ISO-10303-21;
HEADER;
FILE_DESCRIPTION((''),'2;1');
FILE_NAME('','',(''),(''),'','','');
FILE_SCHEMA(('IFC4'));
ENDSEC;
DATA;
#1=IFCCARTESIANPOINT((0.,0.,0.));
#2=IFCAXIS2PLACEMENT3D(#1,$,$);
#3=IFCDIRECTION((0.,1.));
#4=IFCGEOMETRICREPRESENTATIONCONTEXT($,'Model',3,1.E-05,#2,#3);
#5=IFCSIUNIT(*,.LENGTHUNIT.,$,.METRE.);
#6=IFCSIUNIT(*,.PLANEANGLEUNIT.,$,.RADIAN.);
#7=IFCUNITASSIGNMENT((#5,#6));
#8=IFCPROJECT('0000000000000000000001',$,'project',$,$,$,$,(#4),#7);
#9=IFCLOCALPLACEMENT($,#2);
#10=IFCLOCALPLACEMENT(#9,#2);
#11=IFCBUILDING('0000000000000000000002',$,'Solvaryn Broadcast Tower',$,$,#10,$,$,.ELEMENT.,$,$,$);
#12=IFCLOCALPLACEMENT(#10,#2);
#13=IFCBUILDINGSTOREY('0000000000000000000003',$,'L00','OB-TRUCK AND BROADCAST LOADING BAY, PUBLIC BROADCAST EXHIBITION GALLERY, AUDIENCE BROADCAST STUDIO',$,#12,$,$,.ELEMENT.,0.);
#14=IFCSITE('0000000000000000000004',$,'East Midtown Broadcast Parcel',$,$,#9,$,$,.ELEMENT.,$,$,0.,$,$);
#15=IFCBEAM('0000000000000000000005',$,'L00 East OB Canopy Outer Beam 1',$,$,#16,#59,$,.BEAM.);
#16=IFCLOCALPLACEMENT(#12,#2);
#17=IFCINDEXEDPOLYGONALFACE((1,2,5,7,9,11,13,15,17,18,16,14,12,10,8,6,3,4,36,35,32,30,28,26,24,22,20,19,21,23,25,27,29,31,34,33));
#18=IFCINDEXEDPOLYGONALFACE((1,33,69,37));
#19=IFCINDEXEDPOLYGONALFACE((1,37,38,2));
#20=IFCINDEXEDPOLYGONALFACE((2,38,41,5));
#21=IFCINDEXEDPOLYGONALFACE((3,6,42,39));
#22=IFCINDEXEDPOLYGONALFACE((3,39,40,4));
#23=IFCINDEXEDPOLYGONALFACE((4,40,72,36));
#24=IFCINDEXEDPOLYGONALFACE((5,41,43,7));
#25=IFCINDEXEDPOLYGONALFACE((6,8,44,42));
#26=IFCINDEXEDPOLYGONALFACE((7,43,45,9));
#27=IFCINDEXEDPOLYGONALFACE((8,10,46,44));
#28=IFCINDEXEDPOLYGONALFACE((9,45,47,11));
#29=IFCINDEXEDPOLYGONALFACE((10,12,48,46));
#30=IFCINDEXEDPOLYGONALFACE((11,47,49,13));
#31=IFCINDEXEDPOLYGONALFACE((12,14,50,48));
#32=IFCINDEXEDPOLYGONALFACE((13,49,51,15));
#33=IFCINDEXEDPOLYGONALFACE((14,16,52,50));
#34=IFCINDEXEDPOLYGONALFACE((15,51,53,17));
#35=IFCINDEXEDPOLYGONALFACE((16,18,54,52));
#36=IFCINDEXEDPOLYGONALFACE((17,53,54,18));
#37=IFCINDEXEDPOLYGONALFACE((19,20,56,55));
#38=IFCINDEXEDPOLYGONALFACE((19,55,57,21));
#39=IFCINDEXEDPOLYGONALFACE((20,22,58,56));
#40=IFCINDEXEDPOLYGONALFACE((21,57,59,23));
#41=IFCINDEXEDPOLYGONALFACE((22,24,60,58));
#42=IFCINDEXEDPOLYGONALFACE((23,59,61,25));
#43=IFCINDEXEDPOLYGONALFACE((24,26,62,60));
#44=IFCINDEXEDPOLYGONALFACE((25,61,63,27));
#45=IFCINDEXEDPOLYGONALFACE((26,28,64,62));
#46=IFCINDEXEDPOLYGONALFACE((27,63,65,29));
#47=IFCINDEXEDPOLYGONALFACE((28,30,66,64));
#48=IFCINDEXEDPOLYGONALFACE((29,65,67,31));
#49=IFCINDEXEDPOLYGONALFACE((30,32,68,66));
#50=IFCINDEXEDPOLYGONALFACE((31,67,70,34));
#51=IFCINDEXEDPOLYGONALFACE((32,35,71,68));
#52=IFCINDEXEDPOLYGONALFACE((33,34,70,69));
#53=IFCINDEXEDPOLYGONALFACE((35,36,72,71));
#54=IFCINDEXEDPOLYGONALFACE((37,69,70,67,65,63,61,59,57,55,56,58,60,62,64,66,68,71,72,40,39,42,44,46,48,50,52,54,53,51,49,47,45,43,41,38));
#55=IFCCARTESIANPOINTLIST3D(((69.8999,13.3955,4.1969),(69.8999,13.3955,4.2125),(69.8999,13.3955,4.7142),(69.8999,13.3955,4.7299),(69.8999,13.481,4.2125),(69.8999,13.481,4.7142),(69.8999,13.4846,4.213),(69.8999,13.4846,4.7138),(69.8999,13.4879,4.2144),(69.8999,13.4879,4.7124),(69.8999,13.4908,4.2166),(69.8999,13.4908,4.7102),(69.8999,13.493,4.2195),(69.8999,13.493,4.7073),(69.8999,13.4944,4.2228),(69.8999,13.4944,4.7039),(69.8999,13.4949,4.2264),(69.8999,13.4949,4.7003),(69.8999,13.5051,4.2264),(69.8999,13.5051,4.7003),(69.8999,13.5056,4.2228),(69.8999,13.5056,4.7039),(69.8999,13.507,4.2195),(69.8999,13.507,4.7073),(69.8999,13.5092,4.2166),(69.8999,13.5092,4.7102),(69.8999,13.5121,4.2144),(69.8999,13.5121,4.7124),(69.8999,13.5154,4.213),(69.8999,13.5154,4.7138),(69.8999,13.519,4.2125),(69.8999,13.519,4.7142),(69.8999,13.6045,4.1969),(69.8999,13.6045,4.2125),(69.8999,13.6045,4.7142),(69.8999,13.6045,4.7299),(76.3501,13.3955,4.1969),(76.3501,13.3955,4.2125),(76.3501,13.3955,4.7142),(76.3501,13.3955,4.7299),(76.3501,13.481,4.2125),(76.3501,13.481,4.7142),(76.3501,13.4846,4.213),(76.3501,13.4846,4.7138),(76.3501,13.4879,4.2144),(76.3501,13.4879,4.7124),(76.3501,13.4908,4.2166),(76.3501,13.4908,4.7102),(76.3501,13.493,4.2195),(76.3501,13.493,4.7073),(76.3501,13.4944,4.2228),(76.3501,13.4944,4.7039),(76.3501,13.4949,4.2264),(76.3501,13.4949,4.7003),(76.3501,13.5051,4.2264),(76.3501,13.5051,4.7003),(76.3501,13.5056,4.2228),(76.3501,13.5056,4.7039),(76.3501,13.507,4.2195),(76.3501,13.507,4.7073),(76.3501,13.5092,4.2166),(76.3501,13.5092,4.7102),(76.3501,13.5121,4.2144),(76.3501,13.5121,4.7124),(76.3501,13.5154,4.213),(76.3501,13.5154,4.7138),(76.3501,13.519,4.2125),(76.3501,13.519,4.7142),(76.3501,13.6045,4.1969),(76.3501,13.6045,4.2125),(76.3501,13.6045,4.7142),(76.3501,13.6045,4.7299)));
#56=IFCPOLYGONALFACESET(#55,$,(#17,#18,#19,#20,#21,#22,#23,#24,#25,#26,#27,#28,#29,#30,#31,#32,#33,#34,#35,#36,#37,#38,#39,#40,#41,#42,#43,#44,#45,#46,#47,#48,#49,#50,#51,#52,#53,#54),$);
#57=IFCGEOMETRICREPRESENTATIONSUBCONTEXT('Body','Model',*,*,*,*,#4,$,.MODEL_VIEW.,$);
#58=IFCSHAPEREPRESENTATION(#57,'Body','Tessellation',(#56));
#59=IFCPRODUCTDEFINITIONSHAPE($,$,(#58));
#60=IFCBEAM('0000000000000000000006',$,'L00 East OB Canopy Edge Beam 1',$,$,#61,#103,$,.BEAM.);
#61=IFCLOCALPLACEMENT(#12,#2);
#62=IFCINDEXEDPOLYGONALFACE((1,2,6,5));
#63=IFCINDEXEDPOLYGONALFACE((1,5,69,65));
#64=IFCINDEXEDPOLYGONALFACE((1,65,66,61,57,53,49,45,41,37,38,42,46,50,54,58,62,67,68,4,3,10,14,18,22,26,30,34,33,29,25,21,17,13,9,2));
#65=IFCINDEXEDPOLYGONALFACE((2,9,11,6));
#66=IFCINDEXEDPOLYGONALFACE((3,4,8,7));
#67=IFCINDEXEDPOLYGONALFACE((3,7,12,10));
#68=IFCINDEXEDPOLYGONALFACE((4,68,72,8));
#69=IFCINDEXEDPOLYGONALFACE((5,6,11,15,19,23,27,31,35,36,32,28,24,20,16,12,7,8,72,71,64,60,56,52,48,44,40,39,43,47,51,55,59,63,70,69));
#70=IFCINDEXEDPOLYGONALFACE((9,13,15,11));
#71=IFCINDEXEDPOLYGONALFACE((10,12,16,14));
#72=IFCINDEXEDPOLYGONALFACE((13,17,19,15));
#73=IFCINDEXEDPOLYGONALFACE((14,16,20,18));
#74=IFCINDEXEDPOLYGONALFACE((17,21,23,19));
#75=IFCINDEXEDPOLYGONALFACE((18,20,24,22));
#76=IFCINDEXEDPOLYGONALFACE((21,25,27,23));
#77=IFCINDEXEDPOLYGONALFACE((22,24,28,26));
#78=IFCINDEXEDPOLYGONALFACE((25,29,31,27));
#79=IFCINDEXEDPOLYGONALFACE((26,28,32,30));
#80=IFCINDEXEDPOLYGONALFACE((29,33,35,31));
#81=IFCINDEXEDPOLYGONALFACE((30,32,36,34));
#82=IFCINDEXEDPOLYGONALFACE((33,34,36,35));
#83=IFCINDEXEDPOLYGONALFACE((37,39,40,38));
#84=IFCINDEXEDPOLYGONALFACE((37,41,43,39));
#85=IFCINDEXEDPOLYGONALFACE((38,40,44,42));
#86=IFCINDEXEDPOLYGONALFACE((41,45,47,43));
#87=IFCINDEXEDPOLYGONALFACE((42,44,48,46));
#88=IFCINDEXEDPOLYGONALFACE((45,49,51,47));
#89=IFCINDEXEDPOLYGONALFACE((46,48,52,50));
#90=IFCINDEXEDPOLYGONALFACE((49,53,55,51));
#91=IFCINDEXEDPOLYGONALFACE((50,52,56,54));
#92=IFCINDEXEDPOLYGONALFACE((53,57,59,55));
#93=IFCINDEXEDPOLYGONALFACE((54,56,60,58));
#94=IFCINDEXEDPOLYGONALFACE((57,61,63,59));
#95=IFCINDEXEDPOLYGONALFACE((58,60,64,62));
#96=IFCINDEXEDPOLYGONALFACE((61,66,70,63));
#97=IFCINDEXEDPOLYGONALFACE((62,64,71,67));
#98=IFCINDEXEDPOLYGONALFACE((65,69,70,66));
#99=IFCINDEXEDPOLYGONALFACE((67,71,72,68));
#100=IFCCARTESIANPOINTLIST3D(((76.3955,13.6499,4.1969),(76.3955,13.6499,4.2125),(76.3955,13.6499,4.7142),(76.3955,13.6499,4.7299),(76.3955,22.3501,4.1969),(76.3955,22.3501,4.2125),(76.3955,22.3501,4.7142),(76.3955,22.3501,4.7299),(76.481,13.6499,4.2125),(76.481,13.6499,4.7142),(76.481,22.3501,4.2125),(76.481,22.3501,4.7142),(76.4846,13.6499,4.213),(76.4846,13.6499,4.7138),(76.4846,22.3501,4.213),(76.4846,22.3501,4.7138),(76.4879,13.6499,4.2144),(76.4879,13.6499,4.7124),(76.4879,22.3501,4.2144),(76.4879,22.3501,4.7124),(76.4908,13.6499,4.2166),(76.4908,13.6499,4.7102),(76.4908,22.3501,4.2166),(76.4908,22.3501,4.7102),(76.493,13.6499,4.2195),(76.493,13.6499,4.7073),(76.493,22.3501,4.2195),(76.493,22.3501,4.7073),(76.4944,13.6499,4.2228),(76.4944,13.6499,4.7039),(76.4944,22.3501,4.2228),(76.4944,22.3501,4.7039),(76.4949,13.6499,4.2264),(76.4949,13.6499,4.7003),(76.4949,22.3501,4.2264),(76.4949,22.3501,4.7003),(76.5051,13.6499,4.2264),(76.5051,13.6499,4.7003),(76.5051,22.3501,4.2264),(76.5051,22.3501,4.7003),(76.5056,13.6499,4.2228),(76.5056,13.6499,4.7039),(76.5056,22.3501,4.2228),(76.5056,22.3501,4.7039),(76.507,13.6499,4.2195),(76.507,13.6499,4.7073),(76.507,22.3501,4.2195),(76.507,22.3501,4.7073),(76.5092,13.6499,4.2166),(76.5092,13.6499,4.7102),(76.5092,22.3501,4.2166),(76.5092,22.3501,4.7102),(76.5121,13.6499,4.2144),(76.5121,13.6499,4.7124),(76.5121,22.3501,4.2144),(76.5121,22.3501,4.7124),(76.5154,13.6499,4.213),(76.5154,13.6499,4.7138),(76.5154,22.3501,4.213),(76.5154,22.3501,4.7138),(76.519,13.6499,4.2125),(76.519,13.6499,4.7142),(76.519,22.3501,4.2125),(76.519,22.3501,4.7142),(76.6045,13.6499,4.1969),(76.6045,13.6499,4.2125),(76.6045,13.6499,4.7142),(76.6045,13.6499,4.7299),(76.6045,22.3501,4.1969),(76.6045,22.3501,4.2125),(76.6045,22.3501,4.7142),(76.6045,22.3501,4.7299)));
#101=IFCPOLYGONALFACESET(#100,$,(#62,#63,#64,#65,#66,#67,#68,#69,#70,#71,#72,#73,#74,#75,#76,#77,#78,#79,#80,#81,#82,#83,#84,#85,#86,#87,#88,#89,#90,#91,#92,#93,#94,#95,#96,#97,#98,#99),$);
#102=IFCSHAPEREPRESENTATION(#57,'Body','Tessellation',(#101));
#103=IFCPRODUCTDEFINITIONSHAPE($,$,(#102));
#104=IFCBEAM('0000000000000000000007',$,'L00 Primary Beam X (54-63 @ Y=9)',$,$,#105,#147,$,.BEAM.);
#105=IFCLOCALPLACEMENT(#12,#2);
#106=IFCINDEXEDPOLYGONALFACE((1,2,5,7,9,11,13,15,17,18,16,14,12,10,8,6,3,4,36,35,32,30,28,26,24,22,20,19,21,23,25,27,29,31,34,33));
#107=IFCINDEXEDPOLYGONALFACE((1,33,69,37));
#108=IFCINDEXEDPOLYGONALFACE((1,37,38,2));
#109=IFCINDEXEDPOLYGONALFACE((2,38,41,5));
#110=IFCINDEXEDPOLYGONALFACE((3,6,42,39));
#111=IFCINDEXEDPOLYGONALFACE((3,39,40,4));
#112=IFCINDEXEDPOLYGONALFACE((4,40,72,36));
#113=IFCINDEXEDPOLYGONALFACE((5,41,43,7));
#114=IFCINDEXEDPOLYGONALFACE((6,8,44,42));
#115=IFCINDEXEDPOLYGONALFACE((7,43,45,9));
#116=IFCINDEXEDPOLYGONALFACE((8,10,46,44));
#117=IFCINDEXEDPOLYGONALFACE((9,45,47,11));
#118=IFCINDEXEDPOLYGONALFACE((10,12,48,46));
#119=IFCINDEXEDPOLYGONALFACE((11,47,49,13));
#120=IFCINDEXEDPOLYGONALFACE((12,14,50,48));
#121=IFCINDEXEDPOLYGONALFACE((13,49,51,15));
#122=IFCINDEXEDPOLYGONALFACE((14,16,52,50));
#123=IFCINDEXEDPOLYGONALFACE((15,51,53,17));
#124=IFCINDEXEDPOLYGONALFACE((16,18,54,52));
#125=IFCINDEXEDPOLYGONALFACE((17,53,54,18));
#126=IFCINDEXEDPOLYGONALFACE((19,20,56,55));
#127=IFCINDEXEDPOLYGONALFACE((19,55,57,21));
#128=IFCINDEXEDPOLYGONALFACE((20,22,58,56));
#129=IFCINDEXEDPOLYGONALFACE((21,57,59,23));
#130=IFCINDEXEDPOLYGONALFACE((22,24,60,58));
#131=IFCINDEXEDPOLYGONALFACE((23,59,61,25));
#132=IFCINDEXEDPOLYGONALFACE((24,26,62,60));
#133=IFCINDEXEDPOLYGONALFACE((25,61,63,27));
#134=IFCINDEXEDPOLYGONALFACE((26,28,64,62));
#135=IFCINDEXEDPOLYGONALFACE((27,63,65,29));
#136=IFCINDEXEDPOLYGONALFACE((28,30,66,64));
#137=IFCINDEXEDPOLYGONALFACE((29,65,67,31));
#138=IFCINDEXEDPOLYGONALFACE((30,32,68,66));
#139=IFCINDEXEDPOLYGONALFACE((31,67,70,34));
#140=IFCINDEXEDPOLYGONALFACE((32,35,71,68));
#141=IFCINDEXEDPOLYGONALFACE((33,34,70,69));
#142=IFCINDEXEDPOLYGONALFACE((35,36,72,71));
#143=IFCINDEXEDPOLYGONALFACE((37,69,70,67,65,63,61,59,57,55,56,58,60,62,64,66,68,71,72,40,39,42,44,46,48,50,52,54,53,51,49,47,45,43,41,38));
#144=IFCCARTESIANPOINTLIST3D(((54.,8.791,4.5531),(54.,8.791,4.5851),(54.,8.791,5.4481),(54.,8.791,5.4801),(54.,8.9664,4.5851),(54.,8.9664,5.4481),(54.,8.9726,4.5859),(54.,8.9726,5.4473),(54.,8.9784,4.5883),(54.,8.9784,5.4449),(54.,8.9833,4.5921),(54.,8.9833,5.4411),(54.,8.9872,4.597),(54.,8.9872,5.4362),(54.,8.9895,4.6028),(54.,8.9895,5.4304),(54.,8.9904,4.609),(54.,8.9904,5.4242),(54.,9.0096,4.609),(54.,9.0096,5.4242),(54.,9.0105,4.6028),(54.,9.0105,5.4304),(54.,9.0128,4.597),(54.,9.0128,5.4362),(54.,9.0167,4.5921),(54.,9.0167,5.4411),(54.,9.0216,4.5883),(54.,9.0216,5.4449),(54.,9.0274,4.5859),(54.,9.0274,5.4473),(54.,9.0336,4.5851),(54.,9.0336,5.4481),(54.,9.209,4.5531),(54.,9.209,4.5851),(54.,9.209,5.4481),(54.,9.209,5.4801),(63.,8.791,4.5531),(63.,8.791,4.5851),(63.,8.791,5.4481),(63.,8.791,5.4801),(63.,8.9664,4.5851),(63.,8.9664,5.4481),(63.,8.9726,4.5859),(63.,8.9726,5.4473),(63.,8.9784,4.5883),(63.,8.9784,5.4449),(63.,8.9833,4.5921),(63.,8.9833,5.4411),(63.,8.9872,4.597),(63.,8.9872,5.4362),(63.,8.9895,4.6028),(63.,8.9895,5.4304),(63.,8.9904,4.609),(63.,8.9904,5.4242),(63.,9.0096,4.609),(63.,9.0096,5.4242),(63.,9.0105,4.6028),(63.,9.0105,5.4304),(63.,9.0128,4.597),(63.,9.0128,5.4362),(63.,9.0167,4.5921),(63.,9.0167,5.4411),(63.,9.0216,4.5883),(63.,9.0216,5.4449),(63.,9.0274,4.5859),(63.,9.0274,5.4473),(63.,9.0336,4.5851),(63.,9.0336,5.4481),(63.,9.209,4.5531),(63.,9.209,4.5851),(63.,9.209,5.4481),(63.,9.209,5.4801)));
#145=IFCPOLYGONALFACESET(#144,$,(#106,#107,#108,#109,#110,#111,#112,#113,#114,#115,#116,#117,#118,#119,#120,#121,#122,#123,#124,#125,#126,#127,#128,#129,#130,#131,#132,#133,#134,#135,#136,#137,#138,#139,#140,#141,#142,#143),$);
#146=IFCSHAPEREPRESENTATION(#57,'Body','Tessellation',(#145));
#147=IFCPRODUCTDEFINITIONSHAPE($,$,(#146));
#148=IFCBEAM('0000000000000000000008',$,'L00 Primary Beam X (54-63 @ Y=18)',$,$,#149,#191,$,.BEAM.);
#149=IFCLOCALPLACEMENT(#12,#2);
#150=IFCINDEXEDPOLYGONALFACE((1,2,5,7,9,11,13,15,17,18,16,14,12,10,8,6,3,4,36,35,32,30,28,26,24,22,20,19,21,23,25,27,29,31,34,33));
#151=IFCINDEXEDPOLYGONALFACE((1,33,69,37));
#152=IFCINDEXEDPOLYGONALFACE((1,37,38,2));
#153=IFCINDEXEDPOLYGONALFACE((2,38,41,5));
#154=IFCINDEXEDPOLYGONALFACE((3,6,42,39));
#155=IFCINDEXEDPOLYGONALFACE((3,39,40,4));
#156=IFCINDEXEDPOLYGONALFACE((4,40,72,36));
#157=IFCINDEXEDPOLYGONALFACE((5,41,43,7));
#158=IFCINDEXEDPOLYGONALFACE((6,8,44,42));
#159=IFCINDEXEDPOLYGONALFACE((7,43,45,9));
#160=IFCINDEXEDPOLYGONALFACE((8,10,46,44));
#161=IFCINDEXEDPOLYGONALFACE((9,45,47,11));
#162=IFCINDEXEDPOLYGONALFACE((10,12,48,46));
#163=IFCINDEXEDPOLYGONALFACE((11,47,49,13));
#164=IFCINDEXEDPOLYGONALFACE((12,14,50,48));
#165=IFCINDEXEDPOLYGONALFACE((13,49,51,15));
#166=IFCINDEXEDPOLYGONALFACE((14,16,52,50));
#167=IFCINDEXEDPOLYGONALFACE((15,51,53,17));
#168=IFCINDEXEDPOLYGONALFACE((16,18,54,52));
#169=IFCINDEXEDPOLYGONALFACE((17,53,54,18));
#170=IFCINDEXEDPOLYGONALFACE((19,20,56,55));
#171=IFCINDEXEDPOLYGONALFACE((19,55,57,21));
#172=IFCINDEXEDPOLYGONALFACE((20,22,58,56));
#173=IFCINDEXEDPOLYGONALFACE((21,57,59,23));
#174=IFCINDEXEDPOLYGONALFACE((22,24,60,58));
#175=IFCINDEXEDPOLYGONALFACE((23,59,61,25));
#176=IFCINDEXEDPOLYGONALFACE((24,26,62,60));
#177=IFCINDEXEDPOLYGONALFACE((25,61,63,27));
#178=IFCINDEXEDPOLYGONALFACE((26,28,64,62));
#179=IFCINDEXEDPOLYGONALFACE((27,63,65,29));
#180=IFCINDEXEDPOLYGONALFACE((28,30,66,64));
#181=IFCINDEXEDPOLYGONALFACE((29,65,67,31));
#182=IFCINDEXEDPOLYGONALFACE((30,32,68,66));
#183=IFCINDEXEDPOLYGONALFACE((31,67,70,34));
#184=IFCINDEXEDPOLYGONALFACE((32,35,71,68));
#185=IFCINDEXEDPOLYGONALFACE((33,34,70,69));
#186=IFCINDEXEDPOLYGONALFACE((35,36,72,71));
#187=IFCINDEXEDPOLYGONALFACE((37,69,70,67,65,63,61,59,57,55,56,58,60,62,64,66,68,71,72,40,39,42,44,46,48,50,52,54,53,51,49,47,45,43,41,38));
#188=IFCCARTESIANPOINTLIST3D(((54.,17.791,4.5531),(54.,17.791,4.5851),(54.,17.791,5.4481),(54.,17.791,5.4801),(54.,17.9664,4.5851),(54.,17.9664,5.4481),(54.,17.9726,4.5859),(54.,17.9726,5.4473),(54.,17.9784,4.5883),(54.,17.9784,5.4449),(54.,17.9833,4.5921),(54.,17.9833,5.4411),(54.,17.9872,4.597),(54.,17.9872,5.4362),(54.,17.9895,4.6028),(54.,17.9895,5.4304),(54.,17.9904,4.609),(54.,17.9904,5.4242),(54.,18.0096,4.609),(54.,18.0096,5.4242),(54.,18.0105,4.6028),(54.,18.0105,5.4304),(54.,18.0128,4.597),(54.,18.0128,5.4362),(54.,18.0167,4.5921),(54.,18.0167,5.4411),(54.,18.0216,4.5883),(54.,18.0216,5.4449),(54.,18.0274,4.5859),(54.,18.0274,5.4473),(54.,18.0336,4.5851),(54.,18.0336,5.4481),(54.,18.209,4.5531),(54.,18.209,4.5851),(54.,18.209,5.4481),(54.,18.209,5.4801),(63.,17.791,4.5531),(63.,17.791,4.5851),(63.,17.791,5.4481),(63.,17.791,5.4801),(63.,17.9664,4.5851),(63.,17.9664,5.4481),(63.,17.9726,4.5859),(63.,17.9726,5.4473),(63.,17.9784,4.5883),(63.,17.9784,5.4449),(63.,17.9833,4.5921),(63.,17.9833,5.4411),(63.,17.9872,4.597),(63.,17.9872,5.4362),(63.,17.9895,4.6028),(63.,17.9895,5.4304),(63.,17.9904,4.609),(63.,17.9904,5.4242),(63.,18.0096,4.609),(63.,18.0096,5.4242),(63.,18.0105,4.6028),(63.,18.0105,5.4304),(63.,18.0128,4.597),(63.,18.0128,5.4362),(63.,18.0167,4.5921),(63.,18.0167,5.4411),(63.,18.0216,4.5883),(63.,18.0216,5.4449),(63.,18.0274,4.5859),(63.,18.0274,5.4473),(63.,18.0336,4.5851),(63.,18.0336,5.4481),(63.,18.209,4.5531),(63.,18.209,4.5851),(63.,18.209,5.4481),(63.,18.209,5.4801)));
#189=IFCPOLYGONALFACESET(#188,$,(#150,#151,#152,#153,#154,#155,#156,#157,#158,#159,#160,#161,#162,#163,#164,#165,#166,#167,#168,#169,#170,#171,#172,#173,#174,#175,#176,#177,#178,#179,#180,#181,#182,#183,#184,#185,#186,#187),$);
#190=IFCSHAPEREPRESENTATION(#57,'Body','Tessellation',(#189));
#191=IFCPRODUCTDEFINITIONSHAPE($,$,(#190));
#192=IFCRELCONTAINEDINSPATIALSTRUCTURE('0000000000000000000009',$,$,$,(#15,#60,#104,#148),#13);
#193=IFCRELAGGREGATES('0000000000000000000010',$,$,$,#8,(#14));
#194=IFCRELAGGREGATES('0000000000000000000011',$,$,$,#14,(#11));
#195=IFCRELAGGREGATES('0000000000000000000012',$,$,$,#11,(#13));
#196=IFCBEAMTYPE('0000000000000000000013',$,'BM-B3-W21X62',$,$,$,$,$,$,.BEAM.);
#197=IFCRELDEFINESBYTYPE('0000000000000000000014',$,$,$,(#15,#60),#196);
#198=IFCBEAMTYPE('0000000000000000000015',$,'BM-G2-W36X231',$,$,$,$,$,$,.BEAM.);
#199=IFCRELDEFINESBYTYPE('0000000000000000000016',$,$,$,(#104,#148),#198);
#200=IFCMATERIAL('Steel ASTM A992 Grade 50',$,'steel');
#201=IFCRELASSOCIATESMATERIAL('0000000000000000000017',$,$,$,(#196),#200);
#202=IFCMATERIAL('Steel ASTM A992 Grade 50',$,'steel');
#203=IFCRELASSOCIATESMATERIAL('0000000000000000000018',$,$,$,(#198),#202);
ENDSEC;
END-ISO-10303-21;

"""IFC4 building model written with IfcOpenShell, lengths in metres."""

from ifc_helpers import new_model, si_unit, direction, frame, origin, origin_2d, place, context, subcontext, project, spatial, i_section, extrude, material, material_profile, profile_set, type_object, element, save


model = new_model("IFC4")

# Units and contexts
model_context = context("Model", 3, precision=1e-05, world=origin(), true_north=direction((0.0, 1.0)))
body_context = subcontext(model_context, "Body", "Model", "MODEL_VIEW")
ifc_project = project(units=[si_unit("LENGTHUNIT", "METRE"), si_unit("PLANEANGLEUNIT", "RADIAN")], contexts=[model_context])

# Site, building, storey
site_placement = place(None, origin())
site = spatial("IfcSite", under=ifc_project, at=site_placement, Name="East Midtown Broadcast Parcel", CompositionType="ELEMENT", RefElevation=0.0)
building_placement = place(site_placement, origin())
building = spatial("IfcBuilding", under=site, at=building_placement, Name="Solvaryn Broadcast Tower", CompositionType="ELEMENT")
storey_placement = place(building_placement, origin())
storey = spatial("IfcBuildingStorey", under=building, at=storey_placement, Name="L00", Description="OB-TRUCK AND BROADCAST LOADING BAY, PUBLIC BROADCAST EXHIBITION GALLERY, AUDIENCE BROADCAST STUDIO", CompositionType="ELEMENT", Elevation=0.0)

# Beams
ifc_material_1 = material(Name="Steel ASTM A992 Grade 50", Category="steel")
ifc_material_profile_1 = material_profile(ifc_material_1, i_section(OverallWidth=0.209, OverallDepth=0.533, WebThickness=0.0103, FlangeThickness=0.0156, FilletRadius=0.0139, at=origin_2d()))
ifc_profile_set_1 = profile_set([ifc_material_profile_1], Name="Steel ASTM A992 Grade 50")
beam_type_1 = type_object("IfcBeamType", Name="BM-B3-W21X62", PredefinedType="BEAM", material=ifc_profile_set_1)
beam_1_placement = place(storey_placement, frame((69.8999, 13.5, 4.4634), z_axis=(1.0, 0.0, 0.0), x_axis=(0.0, 1.0, 0.0)))
element("IfcBeam", 1, at=beam_1_placement, inside=storey, type_object=beam_type_1, Name="L00 East OB Canopy Outer Beam 1", PredefinedType="BEAM", context=body_context, shape_type="SweptSolid", body=[
    extrude(i_section(OverallWidth=0.209, OverallDepth=0.533, WebThickness=0.0103, FlangeThickness=0.0156, FilletRadius=0.0139, at=origin_2d()), origin(), (0.0, 0.0, 1.0), 6.4502),
])
beam_2_placement = place(storey_placement, frame((76.5, 13.6499, 4.4634), z_axis=(0.0, 1.0, 0.0), x_axis=(-1.0, 0.0, 0.0)))
element("IfcBeam", 2, at=beam_2_placement, inside=storey, type_object=beam_type_1, Name="L00 East OB Canopy Edge Beam 1", PredefinedType="BEAM", context=body_context, shape_type="SweptSolid", body=[
    extrude(i_section(OverallWidth=0.209, OverallDepth=0.533, WebThickness=0.0103, FlangeThickness=0.0156, FilletRadius=0.0139, at=origin_2d()), origin(), (0.0, 0.0, 1.0), 8.7002),
])
ifc_material_2 = material(Name="Steel ASTM A992 Grade 50", Category="steel")
ifc_material_profile_2 = material_profile(ifc_material_2, i_section(OverallWidth=0.418, OverallDepth=0.927, WebThickness=0.0193, FlangeThickness=0.032, FilletRadius=0.0239, at=origin_2d()))
ifc_profile_set_2 = profile_set([ifc_material_profile_2], Name="Steel ASTM A992 Grade 50")
beam_type_2 = type_object("IfcBeamType", Name="BM-G2-W36X231", PredefinedType="BEAM", material=ifc_profile_set_2)
for number, where, z_axis, x_axis, name in (
    (3, (54.0, 9.0, 5.0166), (1.0, 0.0, 0.0), (0.0, 1.0, 0.0), "L00 Primary Beam X (54-63 @ Y=9)"),
    (4, (54.0, 18.0, 5.0166), (1.0, 0.0, 0.0), (0.0, 1.0, 0.0), "L00 Primary Beam X (54-63 @ Y=18)"),
):
    element("IfcBeam", number, at=place(storey_placement, frame(where, z_axis=z_axis, x_axis=x_axis)), inside=storey, type_object=beam_type_2, Name=name, PredefinedType="BEAM", context=body_context, shape_type="SweptSolid", body=[
        extrude(i_section(OverallWidth=0.418, OverallDepth=0.927, WebThickness=0.0193, FlangeThickness=0.032, FilletRadius=0.0239, at=origin_2d()), origin(), (0.0, 0.0, 1.0), 9.0),
    ])

save(model, "model.ifc")
